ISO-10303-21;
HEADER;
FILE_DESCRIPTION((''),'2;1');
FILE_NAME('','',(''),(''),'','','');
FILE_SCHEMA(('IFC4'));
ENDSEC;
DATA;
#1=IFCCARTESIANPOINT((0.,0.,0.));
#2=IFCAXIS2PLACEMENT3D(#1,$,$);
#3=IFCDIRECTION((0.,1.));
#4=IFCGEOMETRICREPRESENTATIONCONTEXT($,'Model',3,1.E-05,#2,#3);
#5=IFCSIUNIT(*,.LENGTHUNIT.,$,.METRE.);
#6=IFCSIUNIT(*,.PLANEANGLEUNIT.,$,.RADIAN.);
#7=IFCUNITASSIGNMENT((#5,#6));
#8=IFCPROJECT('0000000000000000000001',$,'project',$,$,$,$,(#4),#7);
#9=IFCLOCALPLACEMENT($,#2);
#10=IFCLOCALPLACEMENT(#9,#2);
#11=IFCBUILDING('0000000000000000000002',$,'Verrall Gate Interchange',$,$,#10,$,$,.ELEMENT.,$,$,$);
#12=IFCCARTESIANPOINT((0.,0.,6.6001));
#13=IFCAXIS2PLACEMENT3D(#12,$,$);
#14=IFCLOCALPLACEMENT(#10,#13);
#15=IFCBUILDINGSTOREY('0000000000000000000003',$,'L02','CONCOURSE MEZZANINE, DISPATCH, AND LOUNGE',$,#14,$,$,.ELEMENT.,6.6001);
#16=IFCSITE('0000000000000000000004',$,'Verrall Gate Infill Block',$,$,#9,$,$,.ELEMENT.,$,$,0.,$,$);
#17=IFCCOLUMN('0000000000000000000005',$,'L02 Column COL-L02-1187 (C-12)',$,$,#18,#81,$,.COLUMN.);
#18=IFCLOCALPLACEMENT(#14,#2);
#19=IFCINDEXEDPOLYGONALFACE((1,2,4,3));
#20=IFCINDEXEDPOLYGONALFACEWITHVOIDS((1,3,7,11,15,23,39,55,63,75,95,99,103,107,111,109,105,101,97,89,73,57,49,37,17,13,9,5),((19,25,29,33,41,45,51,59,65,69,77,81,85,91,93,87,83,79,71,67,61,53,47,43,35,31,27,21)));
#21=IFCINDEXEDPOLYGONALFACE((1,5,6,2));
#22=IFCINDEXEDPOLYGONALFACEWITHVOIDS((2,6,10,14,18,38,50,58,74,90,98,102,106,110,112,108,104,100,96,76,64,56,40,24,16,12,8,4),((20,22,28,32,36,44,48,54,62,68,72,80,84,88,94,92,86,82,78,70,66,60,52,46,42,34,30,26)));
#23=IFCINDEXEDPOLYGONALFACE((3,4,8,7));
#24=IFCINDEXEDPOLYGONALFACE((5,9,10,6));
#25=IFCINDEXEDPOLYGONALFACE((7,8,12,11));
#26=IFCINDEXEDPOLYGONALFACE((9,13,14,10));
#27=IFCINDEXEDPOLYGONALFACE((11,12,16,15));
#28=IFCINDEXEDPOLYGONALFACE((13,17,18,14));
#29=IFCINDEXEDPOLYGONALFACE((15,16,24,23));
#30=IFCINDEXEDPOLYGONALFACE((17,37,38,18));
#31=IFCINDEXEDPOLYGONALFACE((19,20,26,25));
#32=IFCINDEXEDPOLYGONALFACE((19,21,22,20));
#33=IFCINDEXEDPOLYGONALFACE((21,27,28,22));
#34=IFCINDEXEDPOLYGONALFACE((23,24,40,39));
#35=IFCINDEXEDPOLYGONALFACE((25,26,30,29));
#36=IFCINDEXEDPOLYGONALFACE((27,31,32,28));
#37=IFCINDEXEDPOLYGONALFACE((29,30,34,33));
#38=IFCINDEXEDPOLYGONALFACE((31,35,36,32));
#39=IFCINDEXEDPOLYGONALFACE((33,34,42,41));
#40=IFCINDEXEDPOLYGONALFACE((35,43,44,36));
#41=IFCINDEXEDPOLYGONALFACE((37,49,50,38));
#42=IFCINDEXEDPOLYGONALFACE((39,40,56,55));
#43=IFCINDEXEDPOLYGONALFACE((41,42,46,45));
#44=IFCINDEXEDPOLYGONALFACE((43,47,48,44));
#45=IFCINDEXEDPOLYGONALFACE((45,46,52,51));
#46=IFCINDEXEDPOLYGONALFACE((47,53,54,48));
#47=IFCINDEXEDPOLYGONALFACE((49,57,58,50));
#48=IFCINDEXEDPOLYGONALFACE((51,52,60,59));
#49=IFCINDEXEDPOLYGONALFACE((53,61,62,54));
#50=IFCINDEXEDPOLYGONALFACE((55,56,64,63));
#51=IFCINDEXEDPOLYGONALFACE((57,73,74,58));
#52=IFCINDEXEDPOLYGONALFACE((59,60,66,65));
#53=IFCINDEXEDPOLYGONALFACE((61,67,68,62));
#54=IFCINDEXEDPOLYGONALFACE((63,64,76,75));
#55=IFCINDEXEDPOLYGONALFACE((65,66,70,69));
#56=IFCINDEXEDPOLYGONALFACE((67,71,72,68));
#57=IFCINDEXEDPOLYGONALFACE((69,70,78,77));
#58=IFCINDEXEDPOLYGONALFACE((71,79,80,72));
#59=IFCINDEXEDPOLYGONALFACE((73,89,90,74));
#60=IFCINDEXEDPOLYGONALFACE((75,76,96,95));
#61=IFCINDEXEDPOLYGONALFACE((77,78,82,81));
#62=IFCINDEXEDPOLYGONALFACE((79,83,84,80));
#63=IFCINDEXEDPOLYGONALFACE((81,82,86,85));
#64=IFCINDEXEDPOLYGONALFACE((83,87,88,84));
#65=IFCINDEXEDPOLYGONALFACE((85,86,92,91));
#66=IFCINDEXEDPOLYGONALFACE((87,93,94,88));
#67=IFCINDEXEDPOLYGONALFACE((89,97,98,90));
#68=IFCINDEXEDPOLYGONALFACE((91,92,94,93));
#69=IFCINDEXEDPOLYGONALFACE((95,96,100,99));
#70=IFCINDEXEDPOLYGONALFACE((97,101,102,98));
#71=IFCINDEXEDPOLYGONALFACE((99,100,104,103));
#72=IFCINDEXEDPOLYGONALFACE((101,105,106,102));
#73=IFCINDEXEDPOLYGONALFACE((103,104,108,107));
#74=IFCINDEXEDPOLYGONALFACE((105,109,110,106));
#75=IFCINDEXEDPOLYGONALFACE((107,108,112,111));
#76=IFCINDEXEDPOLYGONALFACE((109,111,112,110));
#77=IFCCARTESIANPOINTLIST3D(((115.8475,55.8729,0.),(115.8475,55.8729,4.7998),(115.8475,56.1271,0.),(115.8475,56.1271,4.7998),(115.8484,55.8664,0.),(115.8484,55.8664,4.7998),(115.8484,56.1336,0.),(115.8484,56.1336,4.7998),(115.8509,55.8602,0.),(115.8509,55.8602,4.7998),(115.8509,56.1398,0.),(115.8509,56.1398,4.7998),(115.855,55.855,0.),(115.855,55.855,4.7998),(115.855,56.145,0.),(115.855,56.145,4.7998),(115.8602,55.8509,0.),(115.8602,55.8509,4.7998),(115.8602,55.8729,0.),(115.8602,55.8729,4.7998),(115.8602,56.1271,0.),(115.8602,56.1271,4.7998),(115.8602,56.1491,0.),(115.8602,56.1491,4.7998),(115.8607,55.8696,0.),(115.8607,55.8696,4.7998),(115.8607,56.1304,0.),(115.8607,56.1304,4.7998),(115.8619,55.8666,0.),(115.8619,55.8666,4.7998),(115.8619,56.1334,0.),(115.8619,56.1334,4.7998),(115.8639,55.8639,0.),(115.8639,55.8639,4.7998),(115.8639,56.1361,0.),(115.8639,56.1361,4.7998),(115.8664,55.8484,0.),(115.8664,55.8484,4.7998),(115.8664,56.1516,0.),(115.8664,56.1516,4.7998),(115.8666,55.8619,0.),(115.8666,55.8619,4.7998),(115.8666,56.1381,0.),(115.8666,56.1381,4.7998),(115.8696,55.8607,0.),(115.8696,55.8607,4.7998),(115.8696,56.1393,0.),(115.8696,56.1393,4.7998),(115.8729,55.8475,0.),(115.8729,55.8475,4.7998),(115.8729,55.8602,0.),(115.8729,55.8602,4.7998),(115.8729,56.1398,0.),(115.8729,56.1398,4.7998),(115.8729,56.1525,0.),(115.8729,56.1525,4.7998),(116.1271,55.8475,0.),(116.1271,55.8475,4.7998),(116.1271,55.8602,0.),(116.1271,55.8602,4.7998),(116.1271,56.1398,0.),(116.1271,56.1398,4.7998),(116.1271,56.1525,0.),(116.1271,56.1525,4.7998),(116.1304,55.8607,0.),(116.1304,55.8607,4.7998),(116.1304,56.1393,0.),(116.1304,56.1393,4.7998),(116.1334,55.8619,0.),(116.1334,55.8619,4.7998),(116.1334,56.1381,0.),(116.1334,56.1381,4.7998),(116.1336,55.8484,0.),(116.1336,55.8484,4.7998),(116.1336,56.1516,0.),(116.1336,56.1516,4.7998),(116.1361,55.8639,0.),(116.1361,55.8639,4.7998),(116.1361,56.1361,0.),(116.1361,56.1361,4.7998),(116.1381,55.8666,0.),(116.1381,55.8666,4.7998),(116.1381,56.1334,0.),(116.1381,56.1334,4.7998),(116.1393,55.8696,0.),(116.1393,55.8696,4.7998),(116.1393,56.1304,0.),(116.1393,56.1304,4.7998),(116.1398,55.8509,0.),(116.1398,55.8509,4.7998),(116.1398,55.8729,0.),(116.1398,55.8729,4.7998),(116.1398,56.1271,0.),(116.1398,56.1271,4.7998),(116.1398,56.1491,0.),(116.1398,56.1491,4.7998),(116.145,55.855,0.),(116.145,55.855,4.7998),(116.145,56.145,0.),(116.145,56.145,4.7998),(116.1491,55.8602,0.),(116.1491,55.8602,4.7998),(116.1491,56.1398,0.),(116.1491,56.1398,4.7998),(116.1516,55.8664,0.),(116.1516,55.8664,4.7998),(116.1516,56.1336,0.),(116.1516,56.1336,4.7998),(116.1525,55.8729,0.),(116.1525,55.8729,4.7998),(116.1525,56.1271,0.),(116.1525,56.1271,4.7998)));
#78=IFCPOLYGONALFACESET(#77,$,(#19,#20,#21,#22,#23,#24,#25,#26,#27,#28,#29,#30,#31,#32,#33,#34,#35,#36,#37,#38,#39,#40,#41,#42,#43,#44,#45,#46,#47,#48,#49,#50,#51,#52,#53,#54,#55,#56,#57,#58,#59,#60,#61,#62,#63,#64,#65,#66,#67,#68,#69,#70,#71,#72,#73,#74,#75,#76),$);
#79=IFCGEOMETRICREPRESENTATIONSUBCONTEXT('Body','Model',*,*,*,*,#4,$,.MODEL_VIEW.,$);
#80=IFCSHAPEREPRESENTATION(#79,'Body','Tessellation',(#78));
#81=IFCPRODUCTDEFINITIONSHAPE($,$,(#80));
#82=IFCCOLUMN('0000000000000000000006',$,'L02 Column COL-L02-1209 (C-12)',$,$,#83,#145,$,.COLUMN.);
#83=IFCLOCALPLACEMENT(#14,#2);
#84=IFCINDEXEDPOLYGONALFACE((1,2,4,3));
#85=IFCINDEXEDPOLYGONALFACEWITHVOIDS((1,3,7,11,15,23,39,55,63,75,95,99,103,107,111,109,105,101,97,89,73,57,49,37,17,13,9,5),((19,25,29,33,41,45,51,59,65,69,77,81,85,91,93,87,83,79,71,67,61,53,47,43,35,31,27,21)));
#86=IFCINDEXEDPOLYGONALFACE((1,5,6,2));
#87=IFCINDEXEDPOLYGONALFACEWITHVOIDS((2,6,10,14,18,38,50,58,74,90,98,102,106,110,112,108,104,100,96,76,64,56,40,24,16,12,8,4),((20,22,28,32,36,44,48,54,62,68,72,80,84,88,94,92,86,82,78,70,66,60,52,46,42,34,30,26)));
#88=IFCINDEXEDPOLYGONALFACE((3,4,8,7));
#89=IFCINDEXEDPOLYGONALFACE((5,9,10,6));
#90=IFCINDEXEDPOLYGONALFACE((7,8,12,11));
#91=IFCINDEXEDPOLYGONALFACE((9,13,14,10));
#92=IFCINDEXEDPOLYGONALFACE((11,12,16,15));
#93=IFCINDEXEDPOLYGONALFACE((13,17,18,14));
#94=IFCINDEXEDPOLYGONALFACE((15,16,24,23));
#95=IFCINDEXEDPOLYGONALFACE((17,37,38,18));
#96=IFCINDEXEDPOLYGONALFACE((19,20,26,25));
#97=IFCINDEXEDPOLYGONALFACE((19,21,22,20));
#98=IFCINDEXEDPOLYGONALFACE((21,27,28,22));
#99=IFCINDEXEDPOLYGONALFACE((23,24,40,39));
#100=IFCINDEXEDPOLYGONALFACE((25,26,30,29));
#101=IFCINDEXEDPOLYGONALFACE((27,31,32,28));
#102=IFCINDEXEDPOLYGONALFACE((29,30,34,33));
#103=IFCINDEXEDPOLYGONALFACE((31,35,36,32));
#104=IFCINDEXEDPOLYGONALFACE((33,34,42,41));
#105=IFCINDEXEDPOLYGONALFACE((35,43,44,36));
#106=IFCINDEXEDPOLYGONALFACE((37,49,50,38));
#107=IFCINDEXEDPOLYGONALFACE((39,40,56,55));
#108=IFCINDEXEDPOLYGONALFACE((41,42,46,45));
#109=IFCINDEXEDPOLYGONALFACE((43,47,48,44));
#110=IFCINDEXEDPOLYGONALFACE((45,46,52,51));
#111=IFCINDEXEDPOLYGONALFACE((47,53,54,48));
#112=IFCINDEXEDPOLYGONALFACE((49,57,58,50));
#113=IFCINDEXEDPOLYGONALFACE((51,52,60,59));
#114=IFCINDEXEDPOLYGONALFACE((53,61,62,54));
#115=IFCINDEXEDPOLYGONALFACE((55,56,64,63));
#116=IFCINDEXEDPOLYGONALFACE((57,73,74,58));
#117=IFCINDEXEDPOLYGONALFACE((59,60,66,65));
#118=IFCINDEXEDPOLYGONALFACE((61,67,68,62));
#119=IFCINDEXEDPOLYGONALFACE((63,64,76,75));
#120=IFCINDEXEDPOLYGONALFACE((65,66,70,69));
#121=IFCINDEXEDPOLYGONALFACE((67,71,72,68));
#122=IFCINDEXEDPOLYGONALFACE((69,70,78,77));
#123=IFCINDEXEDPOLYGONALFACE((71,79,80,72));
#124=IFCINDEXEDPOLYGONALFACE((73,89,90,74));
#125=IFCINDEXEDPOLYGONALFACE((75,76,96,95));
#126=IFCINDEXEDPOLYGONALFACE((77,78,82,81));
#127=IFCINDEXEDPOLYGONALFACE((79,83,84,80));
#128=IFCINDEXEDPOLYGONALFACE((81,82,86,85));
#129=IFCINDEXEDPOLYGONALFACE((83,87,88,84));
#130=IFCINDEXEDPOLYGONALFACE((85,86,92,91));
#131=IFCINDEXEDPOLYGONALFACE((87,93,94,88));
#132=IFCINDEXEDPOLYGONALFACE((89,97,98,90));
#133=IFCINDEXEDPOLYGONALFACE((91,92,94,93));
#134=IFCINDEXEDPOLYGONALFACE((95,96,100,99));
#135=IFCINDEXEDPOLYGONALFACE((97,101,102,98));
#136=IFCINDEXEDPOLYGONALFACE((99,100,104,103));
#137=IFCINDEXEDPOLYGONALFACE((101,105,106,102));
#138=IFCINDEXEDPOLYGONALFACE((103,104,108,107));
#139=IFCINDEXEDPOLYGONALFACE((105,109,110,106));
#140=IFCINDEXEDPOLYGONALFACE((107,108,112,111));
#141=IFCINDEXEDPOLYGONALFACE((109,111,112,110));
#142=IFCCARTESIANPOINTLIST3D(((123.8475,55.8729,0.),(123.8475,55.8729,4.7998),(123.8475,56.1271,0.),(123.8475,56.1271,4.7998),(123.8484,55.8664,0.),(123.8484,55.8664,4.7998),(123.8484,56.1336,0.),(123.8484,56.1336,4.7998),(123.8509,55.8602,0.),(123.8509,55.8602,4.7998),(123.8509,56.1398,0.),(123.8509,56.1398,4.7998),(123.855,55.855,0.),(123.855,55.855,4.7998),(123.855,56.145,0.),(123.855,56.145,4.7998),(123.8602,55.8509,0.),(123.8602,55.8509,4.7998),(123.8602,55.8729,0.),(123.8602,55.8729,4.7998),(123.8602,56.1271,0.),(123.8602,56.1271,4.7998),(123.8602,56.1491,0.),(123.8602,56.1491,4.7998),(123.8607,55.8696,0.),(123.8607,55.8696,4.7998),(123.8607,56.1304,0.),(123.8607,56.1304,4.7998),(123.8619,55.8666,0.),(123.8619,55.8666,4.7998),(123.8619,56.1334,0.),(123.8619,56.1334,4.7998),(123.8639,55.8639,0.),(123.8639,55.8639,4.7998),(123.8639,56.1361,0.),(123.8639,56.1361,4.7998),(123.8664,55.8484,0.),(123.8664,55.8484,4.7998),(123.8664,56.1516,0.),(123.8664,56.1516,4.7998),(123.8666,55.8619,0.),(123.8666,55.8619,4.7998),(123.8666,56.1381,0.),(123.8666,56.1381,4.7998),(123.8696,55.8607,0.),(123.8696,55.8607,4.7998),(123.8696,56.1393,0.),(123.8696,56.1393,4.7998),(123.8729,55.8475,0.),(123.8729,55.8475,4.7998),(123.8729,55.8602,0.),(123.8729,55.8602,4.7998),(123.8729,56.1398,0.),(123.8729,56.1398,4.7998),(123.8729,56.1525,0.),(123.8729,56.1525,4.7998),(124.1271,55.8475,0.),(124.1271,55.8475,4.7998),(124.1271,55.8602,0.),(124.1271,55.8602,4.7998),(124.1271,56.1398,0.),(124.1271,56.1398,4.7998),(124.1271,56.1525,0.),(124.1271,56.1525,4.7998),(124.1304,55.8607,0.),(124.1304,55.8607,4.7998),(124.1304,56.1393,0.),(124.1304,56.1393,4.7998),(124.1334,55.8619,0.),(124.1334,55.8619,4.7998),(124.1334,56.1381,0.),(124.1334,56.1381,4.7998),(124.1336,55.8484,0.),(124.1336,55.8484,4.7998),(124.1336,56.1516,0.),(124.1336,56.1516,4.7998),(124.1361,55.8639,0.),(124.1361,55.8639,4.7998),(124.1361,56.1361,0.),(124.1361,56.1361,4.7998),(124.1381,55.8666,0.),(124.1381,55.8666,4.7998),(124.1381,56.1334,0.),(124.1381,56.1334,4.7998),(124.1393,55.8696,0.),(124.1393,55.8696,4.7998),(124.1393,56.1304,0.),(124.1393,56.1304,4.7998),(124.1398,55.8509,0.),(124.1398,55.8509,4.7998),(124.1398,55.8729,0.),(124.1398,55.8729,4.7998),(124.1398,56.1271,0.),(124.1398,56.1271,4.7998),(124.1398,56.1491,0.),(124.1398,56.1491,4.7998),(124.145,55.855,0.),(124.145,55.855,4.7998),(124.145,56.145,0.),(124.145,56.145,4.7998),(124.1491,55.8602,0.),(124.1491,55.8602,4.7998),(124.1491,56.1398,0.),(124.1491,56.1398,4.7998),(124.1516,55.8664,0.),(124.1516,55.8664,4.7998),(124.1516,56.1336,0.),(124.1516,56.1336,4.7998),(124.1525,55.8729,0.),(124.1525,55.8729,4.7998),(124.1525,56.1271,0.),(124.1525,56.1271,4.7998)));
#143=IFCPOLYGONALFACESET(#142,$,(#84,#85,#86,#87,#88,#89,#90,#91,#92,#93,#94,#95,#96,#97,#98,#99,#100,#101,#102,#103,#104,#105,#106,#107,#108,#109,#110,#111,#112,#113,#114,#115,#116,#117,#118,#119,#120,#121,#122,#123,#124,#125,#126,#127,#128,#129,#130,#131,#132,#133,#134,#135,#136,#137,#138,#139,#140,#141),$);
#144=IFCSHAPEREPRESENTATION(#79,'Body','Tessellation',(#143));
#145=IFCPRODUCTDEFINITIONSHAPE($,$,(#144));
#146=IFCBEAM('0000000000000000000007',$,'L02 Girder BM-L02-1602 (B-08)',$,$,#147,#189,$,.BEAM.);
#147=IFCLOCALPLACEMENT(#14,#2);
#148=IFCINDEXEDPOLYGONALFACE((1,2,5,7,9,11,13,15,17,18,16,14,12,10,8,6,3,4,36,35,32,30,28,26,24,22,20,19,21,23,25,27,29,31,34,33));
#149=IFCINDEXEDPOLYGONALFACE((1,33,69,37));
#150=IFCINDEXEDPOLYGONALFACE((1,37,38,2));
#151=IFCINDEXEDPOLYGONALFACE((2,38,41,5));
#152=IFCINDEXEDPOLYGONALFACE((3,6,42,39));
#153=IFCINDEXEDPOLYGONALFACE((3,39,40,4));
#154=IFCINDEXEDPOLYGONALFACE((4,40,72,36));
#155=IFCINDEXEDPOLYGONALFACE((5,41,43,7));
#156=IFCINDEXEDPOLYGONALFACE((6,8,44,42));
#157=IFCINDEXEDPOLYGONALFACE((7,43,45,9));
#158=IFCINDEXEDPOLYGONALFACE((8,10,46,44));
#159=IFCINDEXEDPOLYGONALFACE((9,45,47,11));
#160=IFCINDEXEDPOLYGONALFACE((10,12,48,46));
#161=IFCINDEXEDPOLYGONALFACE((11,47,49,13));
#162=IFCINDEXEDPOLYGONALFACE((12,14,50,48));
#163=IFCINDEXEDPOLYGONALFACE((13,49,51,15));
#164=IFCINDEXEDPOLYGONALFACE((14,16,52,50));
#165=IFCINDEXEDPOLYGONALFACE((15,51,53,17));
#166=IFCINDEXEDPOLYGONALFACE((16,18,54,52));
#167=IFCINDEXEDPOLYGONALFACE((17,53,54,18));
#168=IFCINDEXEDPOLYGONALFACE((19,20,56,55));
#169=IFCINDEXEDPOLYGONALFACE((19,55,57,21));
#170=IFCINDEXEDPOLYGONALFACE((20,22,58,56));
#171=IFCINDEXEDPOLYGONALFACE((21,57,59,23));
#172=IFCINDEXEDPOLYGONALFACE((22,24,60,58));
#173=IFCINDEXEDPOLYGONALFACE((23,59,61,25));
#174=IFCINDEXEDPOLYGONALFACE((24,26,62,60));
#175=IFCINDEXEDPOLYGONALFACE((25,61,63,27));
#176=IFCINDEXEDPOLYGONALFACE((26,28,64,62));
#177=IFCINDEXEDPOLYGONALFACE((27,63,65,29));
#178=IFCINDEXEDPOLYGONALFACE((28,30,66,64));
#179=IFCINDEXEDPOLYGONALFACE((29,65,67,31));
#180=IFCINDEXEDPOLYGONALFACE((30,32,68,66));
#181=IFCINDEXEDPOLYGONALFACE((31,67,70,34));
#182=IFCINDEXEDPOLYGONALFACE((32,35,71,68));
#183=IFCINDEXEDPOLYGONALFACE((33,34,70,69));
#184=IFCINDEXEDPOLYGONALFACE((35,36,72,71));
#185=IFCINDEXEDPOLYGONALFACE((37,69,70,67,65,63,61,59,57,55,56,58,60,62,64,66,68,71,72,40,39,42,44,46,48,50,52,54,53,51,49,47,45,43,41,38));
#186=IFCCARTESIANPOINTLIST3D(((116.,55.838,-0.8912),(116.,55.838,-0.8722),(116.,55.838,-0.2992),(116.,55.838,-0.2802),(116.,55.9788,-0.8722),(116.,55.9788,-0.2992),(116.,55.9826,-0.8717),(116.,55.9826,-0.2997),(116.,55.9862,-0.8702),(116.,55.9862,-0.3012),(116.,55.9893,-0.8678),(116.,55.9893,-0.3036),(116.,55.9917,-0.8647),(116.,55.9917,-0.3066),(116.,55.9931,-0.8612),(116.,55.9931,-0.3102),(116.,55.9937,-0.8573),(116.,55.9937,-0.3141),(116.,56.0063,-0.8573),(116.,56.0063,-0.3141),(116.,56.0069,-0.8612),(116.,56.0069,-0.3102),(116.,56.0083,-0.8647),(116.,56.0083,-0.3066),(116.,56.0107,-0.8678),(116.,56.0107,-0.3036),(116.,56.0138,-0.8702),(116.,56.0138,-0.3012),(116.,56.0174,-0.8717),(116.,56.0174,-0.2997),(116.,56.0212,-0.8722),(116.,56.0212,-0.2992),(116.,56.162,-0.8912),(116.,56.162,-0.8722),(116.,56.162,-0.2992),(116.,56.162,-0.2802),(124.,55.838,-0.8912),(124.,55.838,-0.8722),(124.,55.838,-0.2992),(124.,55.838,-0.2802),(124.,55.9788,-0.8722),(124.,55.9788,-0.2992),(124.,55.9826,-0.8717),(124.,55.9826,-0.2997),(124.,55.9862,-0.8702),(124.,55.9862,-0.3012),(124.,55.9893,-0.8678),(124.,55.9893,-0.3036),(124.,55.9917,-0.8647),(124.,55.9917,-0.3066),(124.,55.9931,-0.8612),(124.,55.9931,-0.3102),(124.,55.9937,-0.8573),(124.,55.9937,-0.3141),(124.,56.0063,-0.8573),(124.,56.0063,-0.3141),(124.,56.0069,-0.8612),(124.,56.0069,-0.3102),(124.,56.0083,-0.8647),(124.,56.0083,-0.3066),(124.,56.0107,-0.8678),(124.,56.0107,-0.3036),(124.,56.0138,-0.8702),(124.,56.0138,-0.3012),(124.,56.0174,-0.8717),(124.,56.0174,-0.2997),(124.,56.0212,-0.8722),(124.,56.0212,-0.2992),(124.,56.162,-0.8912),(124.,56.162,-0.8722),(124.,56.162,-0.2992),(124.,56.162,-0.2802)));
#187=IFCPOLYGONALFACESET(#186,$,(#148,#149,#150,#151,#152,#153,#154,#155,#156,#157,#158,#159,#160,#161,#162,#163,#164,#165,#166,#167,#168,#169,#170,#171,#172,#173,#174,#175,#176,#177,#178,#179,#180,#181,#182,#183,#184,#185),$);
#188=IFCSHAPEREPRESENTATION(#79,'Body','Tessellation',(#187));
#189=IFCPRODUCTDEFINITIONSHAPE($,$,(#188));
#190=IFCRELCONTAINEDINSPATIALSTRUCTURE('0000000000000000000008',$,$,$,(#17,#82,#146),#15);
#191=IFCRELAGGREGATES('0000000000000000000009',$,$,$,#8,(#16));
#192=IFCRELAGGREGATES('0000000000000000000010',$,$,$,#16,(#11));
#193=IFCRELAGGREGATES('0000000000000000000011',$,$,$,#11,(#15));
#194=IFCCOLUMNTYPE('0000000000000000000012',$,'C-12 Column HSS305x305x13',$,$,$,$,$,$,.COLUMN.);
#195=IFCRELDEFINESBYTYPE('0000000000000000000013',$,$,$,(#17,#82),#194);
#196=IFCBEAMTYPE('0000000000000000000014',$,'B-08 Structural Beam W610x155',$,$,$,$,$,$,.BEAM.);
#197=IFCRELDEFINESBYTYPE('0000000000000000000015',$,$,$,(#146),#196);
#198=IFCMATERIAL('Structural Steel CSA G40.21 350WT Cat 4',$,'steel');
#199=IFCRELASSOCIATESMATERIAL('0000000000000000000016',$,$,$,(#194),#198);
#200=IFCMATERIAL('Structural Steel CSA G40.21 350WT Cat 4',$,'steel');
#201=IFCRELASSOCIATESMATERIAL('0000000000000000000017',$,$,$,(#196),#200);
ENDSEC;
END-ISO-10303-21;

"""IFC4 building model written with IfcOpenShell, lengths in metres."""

from ifc_helpers import new_model, si_unit, direction, frame, origin, origin_2d, place, context, subcontext, project, spatial, hollow_rectangle, i_section, extrude, material, material_profile, profile_set, type_object, element, save


model = new_model("IFC4")

# Units and contexts
model_context = context("Model", 3, precision=1e-05, world=origin(), true_north=direction((0.0, 1.0)))
body_context = subcontext(model_context, "Body", "Model", "MODEL_VIEW")
ifc_project = project(units=[si_unit("LENGTHUNIT", "METRE"), si_unit("PLANEANGLEUNIT", "RADIAN")], contexts=[model_context])

# Site, building, storey
site_placement = place(None, origin())
site = spatial("IfcSite", under=ifc_project, at=site_placement, Name="Verrall Gate Infill Block", CompositionType="ELEMENT", RefElevation=0.0)
building_placement = place(site_placement, origin())
building = spatial("IfcBuilding", under=site, at=building_placement, Name="Verrall Gate Interchange", CompositionType="ELEMENT")
storey_placement = place(building_placement, frame((0.0, 0.0, 6.6001)))
storey = spatial("IfcBuildingStorey", under=building, at=storey_placement, Name="L02", Description="CONCOURSE MEZZANINE, DISPATCH, AND LOUNGE", CompositionType="ELEMENT", Elevation=6.6001)

# Columns
ifc_material_1 = material(Name="Structural Steel CSA G40.21 350WT Cat 4", Category="steel")
ifc_material_profile_1 = material_profile(ifc_material_1, hollow_rectangle(XDim=0.3049, YDim=0.3049, WallThickness=0.0127, InnerFilletRadius=0.0127, OuterFilletRadius=0.0254, at=origin_2d()), Name="HSS305x305x13")
ifc_profile_set_1 = profile_set([ifc_material_profile_1], Name="Structural Steel CSA G40.21 350WT Cat 4")
column_type = type_object("IfcColumnType", Name="C-12 Column HSS305x305x13", PredefinedType="COLUMN", material=ifc_profile_set_1)
for number, where, z_axis, x_axis, name in (
    (1, (116.0, 56.0, 0.0), (0.0, 0.0, 1.0), (1.0, 0.0, 0.0), "L02 Column COL-L02-1187 (C-12)"),
    (2, (124.0, 56.0, 0.0), (0.0, 0.0, 1.0), (1.0, 0.0, 0.0), "L02 Column COL-L02-1209 (C-12)"),
):
    element("IfcColumn", number, at=place(storey_placement, frame(where, z_axis=z_axis, x_axis=x_axis)), inside=storey, type_object=column_type, Name=name, PredefinedType="COLUMN", context=body_context, shape_type="SweptSolid", body=[
        extrude(hollow_rectangle(XDim=0.3049, YDim=0.3049, WallThickness=0.0127, InnerFilletRadius=0.0127, OuterFilletRadius=0.0254, at=origin_2d()), origin(), (0.0, 0.0, 1.0), 4.7998),
    ])

# Beam
ifc_material_2 = material(Name="Structural Steel CSA G40.21 350WT Cat 4", Category="steel")
ifc_material_profile_2 = material_profile(ifc_material_2, i_section(OverallWidth=0.324, OverallDepth=0.6111, WebThickness=0.0127, FlangeThickness=0.019, FilletRadius=0.0149, at=origin_2d()), Name="W610x155")
ifc_profile_set_2 = profile_set([ifc_material_profile_2], Name="Structural Steel CSA G40.21 350WT Cat 4")
beam_type_1 = type_object("IfcBeamType", Name="B-08 Structural Beam W610x155", PredefinedType="BEAM", material=ifc_profile_set_2)
for number, where, z_axis, x_axis, name in (
    (3, (116.0, 56.0, -0.5857), (1.0, 0.0, 0.0), (0.0, 1.0, 0.0), "L02 Girder BM-L02-1602 (B-08)"),
):
    element("IfcBeam", number, at=place(storey_placement, frame(where, z_axis=z_axis, x_axis=x_axis)), inside=storey, type_object=beam_type_1, Name=name, PredefinedType="BEAM", context=body_context, shape_type="SweptSolid", body=[
        extrude(i_section(OverallWidth=0.324, OverallDepth=0.6111, WebThickness=0.0127, FlangeThickness=0.019, FilletRadius=0.0149, at=origin_2d()), origin(), (0.0, 0.0, 1.0), 8.0),
    ])

save(model, "model.ifc")
